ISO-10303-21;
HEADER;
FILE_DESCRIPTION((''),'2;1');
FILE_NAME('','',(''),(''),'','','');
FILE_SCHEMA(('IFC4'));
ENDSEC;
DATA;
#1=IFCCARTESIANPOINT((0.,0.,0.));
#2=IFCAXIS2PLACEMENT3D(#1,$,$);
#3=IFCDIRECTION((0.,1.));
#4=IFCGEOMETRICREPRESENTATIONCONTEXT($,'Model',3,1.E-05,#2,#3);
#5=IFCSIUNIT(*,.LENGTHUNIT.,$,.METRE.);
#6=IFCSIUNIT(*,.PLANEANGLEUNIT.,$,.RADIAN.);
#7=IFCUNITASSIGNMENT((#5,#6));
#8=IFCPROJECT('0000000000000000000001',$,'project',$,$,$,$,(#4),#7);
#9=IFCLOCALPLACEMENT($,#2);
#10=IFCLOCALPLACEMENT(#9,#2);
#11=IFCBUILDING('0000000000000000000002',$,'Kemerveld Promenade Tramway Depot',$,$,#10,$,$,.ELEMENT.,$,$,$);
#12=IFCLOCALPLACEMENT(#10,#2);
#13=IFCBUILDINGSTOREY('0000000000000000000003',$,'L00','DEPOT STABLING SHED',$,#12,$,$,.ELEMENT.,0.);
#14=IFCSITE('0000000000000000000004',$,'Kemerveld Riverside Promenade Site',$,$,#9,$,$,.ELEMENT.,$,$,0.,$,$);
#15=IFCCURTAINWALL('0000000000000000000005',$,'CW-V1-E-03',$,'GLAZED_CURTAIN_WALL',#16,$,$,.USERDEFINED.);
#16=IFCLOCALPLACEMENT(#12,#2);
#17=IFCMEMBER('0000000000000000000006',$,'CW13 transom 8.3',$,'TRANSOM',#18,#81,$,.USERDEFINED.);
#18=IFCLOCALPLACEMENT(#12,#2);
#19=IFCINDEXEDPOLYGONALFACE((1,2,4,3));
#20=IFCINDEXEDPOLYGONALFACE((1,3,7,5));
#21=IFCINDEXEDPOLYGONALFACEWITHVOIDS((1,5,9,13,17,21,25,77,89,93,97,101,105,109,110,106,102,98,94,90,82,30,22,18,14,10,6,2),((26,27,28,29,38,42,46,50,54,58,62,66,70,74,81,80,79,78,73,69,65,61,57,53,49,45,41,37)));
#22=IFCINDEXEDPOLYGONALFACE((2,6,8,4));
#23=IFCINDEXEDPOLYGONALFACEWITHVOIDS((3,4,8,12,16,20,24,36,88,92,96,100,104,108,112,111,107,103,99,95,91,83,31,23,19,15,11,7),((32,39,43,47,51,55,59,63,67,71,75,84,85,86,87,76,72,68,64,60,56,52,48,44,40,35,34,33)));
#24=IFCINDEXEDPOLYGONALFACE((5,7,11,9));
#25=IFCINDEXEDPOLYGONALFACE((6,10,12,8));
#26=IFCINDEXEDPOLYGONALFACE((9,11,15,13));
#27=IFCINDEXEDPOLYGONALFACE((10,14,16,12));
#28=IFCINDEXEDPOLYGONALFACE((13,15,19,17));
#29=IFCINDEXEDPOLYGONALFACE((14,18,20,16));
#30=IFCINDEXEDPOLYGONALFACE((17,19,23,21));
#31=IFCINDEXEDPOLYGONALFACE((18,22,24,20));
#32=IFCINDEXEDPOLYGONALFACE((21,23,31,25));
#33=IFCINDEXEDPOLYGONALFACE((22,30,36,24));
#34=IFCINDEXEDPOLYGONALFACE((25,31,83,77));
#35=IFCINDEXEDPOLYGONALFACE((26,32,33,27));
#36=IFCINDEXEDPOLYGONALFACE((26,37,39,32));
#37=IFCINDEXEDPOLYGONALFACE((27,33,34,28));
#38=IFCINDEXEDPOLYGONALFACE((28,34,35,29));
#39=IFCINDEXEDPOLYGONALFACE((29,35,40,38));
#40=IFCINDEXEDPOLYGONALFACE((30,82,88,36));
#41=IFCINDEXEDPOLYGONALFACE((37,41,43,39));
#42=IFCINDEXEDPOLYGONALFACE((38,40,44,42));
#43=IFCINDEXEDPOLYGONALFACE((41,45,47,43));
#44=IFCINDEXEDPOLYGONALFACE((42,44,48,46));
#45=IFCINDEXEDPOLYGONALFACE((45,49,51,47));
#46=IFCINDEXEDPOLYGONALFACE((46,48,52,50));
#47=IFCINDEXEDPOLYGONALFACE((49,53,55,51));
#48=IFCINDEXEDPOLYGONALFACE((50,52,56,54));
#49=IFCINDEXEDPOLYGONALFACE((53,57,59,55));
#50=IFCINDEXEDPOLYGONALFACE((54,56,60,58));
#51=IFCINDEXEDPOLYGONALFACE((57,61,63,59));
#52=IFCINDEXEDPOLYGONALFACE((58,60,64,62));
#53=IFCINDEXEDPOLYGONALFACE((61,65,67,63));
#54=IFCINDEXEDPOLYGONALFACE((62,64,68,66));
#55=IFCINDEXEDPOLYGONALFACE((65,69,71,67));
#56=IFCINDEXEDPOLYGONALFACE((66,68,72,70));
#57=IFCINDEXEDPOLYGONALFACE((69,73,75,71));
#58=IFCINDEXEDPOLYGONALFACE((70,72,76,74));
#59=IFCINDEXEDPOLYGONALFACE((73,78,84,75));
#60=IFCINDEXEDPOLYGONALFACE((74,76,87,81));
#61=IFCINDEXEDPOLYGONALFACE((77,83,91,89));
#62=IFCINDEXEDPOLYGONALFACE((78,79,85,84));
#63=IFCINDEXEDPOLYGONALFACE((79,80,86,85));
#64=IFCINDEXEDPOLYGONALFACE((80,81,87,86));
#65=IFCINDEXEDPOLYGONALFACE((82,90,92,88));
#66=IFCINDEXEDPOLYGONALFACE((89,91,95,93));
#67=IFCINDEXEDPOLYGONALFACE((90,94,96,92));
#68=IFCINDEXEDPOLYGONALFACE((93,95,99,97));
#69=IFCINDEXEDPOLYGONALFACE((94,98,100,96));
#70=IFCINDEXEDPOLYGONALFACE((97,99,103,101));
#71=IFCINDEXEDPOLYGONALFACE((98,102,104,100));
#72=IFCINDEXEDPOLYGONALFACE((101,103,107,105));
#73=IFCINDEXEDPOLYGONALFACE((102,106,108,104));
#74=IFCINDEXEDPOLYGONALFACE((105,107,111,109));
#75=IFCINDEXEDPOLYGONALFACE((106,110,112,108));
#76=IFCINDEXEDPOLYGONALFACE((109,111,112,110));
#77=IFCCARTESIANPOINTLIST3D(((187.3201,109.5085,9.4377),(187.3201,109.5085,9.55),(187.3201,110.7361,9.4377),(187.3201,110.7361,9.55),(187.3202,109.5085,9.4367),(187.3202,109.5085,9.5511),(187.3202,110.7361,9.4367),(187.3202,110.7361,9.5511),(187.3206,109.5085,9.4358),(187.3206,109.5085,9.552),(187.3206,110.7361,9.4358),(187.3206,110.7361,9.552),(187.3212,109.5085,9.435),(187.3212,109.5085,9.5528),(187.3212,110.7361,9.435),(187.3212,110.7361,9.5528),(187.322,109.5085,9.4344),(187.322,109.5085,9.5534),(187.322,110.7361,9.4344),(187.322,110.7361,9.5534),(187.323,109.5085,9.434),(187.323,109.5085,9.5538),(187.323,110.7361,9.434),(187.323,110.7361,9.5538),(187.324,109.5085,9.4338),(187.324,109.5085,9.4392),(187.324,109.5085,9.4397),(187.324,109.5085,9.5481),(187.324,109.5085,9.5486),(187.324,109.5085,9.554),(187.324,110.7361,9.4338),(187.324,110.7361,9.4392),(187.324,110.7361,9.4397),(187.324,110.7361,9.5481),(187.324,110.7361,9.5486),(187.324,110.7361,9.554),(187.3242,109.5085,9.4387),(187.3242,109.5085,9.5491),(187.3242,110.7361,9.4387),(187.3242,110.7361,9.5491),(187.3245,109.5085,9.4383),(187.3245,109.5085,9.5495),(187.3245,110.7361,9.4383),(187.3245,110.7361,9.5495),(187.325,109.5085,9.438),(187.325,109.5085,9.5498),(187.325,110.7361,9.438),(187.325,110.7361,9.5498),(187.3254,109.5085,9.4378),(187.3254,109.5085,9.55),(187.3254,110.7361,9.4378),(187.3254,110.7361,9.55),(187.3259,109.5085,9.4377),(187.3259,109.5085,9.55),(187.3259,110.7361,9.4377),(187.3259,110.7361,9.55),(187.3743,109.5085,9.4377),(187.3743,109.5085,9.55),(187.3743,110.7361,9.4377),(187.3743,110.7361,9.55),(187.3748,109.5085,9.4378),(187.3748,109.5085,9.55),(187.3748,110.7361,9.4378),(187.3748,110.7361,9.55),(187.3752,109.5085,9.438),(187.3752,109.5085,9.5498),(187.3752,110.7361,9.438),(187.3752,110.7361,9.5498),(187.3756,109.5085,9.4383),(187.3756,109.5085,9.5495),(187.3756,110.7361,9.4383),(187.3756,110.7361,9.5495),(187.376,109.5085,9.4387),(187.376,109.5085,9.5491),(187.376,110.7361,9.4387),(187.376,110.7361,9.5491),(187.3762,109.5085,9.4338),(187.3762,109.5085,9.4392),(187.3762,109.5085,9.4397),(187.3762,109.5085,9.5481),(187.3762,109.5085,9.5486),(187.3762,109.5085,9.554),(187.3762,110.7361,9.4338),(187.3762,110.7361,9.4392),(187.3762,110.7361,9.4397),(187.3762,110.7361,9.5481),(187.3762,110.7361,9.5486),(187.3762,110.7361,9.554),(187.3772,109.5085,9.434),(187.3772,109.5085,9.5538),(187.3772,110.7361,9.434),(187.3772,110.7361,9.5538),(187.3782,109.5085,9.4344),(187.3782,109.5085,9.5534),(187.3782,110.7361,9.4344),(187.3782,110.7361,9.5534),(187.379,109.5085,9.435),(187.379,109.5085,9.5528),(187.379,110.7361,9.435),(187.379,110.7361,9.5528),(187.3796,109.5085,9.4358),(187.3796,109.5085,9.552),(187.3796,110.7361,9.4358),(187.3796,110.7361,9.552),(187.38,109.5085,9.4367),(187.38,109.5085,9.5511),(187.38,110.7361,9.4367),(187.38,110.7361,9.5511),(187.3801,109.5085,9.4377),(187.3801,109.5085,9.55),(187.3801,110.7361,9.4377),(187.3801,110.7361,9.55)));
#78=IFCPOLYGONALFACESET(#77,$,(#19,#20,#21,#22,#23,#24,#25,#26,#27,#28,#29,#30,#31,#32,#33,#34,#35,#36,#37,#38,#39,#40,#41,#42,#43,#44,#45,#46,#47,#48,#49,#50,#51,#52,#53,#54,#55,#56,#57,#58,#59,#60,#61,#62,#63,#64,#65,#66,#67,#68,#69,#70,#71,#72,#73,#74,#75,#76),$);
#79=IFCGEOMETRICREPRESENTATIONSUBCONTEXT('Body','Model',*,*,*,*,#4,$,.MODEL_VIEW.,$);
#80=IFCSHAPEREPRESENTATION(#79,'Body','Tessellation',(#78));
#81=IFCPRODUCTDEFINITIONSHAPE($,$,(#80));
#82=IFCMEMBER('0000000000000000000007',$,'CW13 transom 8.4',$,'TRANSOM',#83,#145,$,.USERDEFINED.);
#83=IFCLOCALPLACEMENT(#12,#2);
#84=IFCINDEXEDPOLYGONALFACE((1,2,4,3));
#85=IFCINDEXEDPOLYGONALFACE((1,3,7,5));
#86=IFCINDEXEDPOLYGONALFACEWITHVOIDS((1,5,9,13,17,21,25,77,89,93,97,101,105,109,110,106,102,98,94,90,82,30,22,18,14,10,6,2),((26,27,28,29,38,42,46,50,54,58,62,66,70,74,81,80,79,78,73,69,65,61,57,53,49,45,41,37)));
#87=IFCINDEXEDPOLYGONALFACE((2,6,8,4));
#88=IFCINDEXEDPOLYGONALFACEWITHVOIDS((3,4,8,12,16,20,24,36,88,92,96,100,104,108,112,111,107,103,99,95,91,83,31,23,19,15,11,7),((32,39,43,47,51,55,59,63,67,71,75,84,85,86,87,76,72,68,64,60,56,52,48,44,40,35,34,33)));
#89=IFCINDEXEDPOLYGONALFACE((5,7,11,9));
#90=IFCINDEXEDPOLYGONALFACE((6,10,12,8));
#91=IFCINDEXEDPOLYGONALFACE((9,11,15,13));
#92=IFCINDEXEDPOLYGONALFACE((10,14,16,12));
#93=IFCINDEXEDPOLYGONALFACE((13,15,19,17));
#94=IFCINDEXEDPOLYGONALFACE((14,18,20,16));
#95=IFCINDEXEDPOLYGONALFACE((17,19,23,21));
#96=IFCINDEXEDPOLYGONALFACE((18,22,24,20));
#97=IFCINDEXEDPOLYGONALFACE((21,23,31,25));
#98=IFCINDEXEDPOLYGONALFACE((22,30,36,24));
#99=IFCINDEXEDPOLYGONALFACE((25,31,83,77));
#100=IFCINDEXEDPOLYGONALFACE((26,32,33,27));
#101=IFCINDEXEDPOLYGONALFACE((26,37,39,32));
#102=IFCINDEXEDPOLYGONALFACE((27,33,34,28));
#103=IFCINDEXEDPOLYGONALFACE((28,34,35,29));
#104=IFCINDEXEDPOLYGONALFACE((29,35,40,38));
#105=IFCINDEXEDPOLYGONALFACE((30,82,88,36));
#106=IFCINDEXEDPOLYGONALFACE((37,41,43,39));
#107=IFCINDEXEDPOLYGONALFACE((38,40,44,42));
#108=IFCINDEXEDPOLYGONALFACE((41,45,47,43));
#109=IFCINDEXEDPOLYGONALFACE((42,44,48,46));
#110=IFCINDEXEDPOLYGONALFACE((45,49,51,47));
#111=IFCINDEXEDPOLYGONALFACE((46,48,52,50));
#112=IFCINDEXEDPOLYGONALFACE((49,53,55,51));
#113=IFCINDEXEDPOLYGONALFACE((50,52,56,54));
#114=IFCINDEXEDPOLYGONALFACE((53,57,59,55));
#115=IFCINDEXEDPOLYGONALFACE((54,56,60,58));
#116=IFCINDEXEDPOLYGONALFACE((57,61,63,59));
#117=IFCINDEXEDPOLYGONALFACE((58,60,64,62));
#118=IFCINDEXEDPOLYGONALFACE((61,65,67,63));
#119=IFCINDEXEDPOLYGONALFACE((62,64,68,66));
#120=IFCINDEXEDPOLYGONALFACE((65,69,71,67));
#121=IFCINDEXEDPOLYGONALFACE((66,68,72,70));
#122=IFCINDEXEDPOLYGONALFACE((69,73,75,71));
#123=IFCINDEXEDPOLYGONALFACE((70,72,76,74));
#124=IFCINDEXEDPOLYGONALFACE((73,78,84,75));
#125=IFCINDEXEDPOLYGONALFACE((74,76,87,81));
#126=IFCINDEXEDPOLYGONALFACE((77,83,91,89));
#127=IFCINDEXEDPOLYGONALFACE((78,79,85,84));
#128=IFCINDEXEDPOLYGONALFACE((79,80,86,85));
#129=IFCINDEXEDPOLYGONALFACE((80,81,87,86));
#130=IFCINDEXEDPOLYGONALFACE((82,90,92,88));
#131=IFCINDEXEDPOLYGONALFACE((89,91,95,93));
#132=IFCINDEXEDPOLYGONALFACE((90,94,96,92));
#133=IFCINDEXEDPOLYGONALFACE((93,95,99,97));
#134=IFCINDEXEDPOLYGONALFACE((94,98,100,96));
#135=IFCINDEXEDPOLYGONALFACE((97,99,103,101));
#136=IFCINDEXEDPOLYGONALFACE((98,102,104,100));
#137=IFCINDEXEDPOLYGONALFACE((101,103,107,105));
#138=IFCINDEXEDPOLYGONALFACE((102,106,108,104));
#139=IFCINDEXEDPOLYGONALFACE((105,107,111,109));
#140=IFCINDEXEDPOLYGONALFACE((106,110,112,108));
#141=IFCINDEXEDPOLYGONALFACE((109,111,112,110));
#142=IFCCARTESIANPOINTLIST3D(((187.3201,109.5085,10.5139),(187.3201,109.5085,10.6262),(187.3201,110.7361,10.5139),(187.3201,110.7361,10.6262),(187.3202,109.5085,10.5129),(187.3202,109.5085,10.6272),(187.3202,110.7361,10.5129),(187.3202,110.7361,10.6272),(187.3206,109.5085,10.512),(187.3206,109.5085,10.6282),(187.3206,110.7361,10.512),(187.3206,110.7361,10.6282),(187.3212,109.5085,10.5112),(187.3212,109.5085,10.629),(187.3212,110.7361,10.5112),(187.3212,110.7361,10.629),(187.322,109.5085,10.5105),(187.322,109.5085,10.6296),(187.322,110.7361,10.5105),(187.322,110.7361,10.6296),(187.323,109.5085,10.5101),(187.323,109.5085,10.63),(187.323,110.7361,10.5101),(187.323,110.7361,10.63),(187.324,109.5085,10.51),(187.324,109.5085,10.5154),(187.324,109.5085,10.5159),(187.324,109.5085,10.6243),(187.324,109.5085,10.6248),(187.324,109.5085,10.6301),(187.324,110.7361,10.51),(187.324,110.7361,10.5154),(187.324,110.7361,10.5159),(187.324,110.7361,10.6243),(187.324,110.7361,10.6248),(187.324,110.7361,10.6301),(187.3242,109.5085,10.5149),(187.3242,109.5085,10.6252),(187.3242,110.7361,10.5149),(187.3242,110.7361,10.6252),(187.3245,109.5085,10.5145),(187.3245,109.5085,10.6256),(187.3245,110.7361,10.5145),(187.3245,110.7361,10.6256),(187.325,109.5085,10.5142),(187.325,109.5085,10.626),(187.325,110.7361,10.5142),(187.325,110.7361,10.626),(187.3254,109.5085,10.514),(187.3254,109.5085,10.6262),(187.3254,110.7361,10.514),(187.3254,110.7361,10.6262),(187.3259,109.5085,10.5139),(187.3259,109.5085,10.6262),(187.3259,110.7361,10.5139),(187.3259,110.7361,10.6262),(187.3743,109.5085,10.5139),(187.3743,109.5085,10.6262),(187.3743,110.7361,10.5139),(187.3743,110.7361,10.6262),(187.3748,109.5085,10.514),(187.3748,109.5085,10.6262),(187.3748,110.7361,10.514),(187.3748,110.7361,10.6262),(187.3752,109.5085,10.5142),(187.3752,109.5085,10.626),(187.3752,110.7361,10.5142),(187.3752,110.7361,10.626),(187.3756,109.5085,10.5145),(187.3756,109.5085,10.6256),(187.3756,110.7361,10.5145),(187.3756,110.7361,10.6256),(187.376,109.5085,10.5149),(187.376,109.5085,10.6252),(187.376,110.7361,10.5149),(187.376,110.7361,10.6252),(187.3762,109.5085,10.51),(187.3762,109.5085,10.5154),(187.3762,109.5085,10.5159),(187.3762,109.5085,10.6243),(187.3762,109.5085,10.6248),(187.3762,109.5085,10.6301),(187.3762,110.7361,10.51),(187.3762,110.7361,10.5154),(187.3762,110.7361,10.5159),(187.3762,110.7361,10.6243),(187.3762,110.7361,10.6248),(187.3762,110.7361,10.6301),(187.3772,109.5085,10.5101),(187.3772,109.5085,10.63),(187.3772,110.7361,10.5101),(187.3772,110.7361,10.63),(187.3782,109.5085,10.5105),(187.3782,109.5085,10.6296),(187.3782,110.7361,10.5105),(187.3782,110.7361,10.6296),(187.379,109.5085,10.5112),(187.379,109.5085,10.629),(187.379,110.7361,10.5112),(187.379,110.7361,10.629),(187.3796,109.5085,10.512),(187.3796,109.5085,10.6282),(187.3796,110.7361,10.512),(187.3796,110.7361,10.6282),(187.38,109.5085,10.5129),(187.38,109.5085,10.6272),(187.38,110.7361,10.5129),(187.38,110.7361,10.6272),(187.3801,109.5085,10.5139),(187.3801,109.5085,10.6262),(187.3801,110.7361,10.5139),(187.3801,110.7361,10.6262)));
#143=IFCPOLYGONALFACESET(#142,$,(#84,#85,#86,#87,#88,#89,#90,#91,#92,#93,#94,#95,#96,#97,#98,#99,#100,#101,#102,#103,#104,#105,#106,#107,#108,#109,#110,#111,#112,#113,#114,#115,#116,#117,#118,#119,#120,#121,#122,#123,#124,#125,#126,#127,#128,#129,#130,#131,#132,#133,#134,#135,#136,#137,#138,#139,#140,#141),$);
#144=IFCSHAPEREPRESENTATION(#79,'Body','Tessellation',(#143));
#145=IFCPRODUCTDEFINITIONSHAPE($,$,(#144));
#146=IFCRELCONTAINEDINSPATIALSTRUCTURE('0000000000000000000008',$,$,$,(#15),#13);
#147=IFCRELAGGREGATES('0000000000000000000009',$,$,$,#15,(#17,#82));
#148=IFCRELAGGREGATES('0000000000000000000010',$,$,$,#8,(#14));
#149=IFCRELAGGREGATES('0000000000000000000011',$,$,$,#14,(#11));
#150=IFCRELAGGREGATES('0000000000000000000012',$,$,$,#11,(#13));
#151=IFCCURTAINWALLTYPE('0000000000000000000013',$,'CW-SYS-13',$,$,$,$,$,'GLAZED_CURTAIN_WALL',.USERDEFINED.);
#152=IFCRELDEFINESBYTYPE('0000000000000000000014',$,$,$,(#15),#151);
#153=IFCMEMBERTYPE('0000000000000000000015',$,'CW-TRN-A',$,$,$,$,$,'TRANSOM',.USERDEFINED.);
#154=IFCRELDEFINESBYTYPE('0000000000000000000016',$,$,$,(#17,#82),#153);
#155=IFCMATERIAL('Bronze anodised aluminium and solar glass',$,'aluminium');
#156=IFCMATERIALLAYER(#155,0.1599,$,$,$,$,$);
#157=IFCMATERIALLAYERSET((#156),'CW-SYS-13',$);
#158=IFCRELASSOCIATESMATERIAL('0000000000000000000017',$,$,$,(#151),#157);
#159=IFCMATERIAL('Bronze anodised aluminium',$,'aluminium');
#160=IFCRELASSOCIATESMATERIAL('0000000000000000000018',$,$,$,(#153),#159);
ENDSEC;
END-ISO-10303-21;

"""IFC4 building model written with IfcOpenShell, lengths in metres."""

from ifc_helpers import new_model, si_unit, direction, frame, origin, origin_2d, place, context, subcontext, project, spatial, hollow_rectangle, extrude, material, layer, layer_set, material_profile, profile_set, type_object, element, aggregate, save


model = new_model("IFC4")

# Units and contexts
model_context = context("Model", 3, precision=1e-05, world=origin(), true_north=direction((0.0, 1.0)))
body_context = subcontext(model_context, "Body", "Model", "MODEL_VIEW")
ifc_project = project(units=[si_unit("LENGTHUNIT", "METRE"), si_unit("PLANEANGLEUNIT", "RADIAN")], contexts=[model_context])

# Site, building, storey
site_placement = place(None, origin())
site = spatial("IfcSite", under=ifc_project, at=site_placement, Name="Kemerveld Riverside Promenade Site", CompositionType="ELEMENT", RefElevation=0.0)
building_placement = place(site_placement, origin())
building = spatial("IfcBuilding", under=site, at=building_placement, Name="Kemerveld Promenade Tramway Depot", CompositionType="ELEMENT")
storey_placement = place(building_placement, origin())
storey = spatial("IfcBuildingStorey", under=building, at=storey_placement, Name="L00", Description="DEPOT STABLING SHED", CompositionType="ELEMENT", Elevation=0.0)

# Curtain wall, members
ifc_material_1 = material(Name="Bronze anodised aluminium and solar glass", Category="aluminium")
ifc_layer_1 = layer(ifc_material_1, 0.1599)
ifc_layer_set_1 = layer_set([ifc_layer_1], Name="CW-SYS-13")
curtain_wall_type_1 = type_object("IfcCurtainWallType", Name="CW-SYS-13", ElementType="GLAZED_CURTAIN_WALL", PredefinedType="USERDEFINED", material=ifc_layer_set_1)
curtain_wall_1_placement = place(storey_placement, origin())
curtain_wall_1 = element("IfcCurtainWall", 1, at=curtain_wall_1_placement, inside=storey, type_object=curtain_wall_type_1, Name="CW-V1-E-03", ObjectType="GLAZED_CURTAIN_WALL", PredefinedType="USERDEFINED")
ifc_material_2 = material(Name="Bronze anodised aluminium", Category="aluminium")
ifc_material_profile_1 = material_profile(ifc_material_2, hollow_rectangle(XDim=0.0601, YDim=0.1201, WallThickness=0.0039, InnerFilletRadius=0.002, OuterFilletRadius=0.0039, at=origin_2d()), Name="CW-TRN-120x60")
ifc_profile_set_1 = profile_set([ifc_material_profile_1], Name="Bronze anodised aluminium")
member_type_1 = type_object("IfcMemberType", Name="CW-TRN-A", ElementType="TRANSOM", PredefinedType="USERDEFINED", material=ifc_profile_set_1)
member_1_placement = place(storey_placement, frame((187.3501, 110.7361, 9.4939), z_axis=(0.0, -1.0, 0.0), x_axis=(1.0, 0.0, 0.0)))
member_1 = element("IfcMember", 2, at=member_1_placement, type_object=member_type_1, Name="CW13 transom 8.3", ObjectType="TRANSOM", PredefinedType="USERDEFINED", context=body_context, shape_type="SweptSolid", body=[
    extrude(hollow_rectangle(XDim=0.0601, YDim=0.1201, WallThickness=0.0039, InnerFilletRadius=0.002, OuterFilletRadius=0.0039, at=origin_2d()), origin(), (0.0, 0.0, 1.0), 1.2275),
])
member_2_placement = place(storey_placement, frame((187.3501, 110.7361, 10.5701), z_axis=(0.0, -1.0, 0.0), x_axis=(1.0, 0.0, 0.0)))
member_2 = element("IfcMember", 3, at=member_2_placement, type_object=member_type_1, Name="CW13 transom 8.4", ObjectType="TRANSOM", PredefinedType="USERDEFINED", context=body_context, shape_type="SweptSolid", body=[
    extrude(hollow_rectangle(XDim=0.0601, YDim=0.1201, WallThickness=0.0039, InnerFilletRadius=0.002, OuterFilletRadius=0.0039, at=origin_2d()), origin(), (0.0, 0.0, 1.0), 1.2275),
])

aggregate(curtain_wall_1, [member_1, member_2])

save(model, "model.ifc")
